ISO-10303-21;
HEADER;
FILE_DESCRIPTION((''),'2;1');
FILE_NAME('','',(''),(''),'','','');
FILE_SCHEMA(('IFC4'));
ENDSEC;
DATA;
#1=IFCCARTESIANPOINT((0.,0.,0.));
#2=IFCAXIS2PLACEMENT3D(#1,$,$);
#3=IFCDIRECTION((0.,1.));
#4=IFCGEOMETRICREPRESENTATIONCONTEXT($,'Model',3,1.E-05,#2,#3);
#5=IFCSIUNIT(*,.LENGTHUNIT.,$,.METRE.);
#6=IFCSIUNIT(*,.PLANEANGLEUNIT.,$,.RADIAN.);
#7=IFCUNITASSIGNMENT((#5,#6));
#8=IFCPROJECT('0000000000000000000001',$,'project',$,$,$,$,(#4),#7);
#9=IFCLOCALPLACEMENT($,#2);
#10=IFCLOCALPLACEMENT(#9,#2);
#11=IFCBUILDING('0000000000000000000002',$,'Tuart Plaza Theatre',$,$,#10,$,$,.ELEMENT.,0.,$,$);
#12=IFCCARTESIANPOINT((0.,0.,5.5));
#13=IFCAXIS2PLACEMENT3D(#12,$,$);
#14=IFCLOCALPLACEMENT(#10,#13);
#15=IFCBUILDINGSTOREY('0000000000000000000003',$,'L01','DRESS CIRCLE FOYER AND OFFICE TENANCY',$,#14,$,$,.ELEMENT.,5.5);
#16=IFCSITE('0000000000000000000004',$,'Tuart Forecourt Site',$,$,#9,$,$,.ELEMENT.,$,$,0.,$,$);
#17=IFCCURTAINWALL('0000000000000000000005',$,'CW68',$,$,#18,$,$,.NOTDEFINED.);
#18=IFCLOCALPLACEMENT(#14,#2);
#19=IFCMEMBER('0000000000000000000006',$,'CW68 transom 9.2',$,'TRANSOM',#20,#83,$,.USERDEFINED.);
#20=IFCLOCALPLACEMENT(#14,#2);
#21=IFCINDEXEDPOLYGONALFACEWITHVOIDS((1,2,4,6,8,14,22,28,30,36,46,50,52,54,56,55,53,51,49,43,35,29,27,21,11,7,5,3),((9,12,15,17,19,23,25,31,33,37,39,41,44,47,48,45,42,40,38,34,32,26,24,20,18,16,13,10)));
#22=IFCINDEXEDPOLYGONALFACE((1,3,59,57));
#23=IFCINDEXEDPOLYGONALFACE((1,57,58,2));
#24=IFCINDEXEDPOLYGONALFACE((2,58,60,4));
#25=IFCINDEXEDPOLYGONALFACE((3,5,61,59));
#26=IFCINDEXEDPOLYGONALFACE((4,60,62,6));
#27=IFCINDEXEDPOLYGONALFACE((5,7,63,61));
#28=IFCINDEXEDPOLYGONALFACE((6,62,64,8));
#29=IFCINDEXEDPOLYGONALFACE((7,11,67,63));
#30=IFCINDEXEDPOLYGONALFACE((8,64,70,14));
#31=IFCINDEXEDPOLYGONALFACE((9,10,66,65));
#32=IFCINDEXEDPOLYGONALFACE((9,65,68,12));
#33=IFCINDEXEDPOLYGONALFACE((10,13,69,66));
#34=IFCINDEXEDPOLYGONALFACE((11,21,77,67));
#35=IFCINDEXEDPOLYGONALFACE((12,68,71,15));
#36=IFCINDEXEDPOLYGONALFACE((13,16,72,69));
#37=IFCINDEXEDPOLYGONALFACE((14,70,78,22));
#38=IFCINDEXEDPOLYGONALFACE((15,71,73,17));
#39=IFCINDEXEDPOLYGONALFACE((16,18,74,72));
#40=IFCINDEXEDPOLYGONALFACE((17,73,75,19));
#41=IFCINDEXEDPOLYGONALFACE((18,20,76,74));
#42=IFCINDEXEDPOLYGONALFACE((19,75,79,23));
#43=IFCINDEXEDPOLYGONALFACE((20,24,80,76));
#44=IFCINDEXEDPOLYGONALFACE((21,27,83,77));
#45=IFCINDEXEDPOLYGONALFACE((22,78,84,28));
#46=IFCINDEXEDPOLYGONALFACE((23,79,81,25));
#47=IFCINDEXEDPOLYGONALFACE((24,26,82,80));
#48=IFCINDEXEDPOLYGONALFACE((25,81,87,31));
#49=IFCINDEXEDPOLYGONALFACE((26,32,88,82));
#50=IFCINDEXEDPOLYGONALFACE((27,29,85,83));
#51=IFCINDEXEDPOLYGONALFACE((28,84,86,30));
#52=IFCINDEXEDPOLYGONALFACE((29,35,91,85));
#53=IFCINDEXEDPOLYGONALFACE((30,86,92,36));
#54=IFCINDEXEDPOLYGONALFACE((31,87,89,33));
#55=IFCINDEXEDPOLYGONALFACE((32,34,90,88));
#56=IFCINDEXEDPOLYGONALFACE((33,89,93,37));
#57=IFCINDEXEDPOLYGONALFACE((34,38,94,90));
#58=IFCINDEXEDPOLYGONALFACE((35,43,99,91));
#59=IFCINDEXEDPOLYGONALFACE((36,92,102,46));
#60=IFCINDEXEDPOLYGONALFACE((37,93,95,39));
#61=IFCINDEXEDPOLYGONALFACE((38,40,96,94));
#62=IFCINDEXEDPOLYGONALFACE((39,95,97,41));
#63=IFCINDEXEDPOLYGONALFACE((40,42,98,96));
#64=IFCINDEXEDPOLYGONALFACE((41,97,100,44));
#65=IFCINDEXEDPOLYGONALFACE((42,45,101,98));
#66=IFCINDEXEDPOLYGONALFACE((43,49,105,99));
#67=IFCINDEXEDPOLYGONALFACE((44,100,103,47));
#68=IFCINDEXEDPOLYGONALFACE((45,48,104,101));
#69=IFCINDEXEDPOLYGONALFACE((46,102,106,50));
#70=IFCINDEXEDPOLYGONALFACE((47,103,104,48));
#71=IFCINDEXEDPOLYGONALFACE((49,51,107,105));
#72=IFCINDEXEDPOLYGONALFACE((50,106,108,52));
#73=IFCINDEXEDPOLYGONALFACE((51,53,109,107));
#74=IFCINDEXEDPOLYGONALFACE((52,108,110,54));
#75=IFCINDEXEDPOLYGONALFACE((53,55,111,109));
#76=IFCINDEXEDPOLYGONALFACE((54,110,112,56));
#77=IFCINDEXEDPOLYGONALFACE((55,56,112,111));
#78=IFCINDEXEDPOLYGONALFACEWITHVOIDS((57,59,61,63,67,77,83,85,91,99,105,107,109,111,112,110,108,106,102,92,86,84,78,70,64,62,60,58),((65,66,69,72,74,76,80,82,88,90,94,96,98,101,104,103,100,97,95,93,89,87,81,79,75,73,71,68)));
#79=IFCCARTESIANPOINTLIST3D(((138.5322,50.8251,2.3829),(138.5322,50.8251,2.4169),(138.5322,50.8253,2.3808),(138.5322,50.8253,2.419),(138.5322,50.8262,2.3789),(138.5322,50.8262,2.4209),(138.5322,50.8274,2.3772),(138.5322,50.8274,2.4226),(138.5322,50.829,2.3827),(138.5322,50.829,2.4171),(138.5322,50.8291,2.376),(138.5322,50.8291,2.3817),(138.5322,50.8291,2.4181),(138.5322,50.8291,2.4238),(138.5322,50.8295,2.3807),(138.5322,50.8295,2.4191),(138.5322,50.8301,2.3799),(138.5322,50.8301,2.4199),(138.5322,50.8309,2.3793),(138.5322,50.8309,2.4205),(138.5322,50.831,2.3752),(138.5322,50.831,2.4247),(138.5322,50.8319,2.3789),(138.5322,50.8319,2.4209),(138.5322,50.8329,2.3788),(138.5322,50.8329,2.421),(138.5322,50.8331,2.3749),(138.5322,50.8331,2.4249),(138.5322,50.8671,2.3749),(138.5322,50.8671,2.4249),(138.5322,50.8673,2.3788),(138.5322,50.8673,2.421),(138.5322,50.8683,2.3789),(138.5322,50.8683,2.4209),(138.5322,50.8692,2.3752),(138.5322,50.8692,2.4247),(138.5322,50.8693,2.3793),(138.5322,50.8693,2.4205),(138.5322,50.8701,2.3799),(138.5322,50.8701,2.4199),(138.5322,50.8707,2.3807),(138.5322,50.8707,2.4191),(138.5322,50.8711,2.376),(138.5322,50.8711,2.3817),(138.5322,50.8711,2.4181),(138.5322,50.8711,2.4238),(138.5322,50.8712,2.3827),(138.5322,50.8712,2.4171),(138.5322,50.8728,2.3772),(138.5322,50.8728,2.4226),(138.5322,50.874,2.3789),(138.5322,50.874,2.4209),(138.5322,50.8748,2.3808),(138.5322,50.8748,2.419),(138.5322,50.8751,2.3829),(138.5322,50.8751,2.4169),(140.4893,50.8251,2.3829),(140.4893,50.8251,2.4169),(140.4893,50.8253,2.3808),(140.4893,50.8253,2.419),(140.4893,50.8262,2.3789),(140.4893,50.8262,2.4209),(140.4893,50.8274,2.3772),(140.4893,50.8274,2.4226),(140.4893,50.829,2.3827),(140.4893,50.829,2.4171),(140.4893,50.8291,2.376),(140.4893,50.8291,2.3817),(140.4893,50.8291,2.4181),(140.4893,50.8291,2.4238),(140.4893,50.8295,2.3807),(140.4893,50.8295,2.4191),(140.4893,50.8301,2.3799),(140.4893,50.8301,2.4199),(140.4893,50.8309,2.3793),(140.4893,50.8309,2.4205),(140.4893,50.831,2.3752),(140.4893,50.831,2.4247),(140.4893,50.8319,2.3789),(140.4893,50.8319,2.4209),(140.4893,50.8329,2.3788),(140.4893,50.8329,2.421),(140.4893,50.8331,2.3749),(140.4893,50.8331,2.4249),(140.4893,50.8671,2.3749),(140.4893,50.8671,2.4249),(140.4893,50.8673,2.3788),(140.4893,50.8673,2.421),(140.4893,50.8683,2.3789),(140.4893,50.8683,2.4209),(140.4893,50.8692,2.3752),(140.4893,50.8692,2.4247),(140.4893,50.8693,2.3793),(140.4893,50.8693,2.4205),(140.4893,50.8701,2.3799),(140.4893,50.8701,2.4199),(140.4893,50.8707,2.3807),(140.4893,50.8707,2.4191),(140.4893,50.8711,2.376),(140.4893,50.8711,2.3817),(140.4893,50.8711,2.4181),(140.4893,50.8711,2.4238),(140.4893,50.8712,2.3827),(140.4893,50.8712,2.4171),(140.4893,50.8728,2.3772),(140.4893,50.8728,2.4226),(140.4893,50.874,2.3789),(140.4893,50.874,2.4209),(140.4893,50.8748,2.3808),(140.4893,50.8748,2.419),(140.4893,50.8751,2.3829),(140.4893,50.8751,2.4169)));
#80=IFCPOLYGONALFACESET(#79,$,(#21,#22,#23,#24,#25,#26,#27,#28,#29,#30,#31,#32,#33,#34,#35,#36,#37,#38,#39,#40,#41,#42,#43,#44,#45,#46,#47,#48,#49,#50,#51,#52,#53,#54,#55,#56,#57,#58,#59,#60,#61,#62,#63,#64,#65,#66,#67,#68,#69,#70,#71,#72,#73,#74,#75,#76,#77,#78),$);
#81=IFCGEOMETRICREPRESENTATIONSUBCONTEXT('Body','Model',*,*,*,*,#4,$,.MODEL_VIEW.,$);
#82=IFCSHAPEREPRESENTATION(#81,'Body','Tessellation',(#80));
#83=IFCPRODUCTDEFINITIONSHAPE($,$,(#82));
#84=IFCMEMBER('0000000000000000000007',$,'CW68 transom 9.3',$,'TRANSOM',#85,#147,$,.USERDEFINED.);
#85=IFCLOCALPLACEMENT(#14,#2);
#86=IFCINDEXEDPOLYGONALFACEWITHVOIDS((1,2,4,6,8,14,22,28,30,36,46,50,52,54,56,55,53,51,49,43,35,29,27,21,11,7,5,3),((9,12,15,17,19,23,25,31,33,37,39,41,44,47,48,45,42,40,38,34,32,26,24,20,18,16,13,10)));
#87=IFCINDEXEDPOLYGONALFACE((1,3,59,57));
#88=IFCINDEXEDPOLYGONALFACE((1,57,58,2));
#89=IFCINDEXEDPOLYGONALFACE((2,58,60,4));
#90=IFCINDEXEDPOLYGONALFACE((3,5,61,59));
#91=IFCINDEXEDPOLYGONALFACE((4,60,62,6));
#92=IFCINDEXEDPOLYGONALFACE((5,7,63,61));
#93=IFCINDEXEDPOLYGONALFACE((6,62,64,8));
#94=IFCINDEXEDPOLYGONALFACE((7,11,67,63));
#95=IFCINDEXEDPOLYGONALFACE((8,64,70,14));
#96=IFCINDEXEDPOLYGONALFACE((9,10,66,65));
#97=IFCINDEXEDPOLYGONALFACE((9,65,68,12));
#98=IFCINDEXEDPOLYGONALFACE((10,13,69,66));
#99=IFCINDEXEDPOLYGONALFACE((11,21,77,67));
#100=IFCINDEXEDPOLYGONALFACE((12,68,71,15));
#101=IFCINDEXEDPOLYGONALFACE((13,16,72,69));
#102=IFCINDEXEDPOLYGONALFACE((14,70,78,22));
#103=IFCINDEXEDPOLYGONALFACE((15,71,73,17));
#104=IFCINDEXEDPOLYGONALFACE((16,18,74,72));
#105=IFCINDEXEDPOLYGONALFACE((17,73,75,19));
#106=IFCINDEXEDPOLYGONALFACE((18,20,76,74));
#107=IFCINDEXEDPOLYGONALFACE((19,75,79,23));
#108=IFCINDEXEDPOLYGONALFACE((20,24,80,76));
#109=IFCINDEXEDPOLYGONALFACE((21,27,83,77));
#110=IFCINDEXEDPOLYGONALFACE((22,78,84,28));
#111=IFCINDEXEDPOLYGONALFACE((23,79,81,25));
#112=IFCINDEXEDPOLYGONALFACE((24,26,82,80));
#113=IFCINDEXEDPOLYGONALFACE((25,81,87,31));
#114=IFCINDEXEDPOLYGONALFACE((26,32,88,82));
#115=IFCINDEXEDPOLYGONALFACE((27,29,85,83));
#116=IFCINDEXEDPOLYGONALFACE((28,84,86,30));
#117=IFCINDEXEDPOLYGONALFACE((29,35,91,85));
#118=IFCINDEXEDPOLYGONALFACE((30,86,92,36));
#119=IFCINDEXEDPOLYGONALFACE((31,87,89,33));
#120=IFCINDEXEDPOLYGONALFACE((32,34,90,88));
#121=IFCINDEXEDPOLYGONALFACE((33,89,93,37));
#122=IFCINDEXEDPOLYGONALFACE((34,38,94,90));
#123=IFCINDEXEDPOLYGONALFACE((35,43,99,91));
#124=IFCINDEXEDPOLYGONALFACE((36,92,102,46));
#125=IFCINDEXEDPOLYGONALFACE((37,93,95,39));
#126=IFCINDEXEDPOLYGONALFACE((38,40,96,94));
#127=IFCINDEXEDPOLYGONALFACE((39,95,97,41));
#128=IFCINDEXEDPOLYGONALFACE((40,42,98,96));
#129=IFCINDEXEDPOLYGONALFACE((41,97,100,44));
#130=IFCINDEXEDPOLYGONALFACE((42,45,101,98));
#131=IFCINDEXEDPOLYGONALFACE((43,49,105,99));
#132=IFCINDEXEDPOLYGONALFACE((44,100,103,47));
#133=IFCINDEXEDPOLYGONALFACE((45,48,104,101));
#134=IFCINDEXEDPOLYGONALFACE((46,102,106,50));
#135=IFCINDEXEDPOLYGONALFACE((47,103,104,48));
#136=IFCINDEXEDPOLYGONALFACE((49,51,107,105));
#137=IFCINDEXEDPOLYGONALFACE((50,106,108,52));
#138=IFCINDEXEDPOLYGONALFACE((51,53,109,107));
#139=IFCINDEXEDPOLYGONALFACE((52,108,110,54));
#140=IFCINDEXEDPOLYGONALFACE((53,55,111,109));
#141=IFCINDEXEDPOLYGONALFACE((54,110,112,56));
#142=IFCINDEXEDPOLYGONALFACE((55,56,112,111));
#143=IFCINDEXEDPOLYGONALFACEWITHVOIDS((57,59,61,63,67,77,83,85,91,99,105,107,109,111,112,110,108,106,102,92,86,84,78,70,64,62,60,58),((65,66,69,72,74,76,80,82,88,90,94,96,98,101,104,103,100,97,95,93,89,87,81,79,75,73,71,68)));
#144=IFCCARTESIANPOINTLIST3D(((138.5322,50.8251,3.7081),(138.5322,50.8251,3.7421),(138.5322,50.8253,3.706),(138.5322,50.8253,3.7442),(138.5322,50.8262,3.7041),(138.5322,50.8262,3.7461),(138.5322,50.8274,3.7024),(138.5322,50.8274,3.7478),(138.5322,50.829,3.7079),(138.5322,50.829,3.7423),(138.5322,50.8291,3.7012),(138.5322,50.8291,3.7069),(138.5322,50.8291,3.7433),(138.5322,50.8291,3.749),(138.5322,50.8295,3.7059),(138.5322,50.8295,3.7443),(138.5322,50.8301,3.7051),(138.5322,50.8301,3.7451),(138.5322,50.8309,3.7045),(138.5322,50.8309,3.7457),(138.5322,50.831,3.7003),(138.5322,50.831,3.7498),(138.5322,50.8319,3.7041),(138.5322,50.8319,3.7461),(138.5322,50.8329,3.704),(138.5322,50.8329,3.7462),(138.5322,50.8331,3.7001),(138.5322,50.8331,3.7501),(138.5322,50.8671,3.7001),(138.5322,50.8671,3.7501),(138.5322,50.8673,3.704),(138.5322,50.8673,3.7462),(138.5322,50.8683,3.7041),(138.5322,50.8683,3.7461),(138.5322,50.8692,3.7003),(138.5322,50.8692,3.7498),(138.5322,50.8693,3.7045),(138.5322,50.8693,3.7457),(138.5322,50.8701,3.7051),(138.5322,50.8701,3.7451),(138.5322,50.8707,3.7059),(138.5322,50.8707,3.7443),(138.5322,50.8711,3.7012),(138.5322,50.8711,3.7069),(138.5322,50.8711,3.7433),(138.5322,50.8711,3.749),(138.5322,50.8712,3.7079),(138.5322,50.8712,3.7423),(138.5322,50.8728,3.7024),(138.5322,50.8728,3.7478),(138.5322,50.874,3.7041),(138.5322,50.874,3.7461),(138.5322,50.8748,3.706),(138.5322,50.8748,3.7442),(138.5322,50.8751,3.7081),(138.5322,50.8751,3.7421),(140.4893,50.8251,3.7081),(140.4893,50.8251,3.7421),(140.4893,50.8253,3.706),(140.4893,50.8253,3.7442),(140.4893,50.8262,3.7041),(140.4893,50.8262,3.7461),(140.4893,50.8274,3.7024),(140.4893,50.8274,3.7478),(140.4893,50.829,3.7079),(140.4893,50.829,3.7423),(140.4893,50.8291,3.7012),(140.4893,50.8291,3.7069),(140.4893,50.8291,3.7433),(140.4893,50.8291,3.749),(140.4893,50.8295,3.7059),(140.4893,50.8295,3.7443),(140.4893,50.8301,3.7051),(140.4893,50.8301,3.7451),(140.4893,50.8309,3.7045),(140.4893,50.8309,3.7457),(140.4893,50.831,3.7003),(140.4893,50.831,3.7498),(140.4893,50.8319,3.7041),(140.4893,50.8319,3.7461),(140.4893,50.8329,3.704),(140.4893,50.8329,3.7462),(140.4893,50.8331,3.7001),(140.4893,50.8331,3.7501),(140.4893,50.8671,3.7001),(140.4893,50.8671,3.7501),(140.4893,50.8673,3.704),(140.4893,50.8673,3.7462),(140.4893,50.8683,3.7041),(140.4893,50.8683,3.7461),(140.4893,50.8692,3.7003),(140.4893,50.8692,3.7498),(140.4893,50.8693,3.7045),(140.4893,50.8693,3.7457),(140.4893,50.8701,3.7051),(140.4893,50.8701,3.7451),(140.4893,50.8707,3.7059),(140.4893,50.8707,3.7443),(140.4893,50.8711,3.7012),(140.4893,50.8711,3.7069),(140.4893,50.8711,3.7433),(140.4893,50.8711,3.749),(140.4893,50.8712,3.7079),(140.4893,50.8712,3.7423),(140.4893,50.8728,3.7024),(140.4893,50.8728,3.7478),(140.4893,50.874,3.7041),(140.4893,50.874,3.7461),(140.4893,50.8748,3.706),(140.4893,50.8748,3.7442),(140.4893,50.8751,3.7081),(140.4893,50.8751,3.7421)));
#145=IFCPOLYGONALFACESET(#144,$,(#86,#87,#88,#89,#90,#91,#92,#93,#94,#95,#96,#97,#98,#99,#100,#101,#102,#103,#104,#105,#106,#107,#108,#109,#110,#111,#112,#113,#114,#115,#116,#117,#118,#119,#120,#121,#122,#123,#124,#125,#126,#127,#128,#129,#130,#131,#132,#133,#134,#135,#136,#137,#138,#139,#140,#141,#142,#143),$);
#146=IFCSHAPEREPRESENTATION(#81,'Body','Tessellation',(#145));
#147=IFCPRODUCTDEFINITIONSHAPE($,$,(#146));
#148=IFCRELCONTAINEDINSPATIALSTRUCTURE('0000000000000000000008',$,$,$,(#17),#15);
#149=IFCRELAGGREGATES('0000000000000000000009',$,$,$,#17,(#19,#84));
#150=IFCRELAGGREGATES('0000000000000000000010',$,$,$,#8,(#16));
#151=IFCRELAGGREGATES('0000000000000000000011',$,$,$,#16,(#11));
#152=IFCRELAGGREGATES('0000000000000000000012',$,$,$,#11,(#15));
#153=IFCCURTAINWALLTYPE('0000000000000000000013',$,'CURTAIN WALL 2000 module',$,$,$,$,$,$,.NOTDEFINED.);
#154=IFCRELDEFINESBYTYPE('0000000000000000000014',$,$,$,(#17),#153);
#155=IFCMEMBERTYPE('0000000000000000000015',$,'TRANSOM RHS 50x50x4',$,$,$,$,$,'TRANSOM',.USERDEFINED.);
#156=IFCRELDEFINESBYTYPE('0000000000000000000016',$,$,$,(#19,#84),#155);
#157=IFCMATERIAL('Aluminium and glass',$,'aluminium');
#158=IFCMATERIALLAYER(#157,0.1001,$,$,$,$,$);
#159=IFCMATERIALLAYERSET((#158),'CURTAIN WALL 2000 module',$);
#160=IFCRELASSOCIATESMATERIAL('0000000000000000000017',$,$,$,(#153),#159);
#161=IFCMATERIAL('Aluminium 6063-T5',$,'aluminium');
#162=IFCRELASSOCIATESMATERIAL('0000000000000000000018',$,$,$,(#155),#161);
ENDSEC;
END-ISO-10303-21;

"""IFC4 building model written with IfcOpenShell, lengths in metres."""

from ifc_helpers import new_model, si_unit, direction, frame, origin, origin_2d, place, context, subcontext, project, spatial, hollow_rectangle, extrude, material, layer, layer_set, material_profile, profile_set, type_object, element, aggregate, save


model = new_model("IFC4")

# Units and contexts
model_context = context("Model", 3, precision=1e-05, world=origin(), true_north=direction((0.0, 1.0)))
body_context = subcontext(model_context, "Body", "Model", "MODEL_VIEW")
ifc_project = project(units=[si_unit("LENGTHUNIT", "METRE"), si_unit("PLANEANGLEUNIT", "RADIAN")], contexts=[model_context])

# Site, building, storey
site_placement = place(None, origin())
site = spatial("IfcSite", under=ifc_project, at=site_placement, Name="Tuart Forecourt Site", CompositionType="ELEMENT", RefElevation=0.0)
building_placement = place(site_placement, origin())
building = spatial("IfcBuilding", under=site, at=building_placement, Name="Tuart Plaza Theatre", CompositionType="ELEMENT", ElevationOfRefHeight=0.0)
storey_placement = place(building_placement, frame((0.0, 0.0, 5.5)))
storey = spatial("IfcBuildingStorey", under=building, at=storey_placement, Name="L01", Description="DRESS CIRCLE FOYER AND OFFICE TENANCY", CompositionType="ELEMENT", Elevation=5.5)

# Curtain wall, members
ifc_material_1 = material(Name="Aluminium and glass", Category="aluminium")
ifc_layer_1 = layer(ifc_material_1, 0.1001)
ifc_layer_set_1 = layer_set([ifc_layer_1], Name="CURTAIN WALL 2000 module")
curtain_wall_type = type_object("IfcCurtainWallType", Name="CURTAIN WALL 2000 module", PredefinedType="NOTDEFINED", material=ifc_layer_set_1)
curtain_wall_placement = place(storey_placement, origin())
curtain_wall = element("IfcCurtainWall", 1, at=curtain_wall_placement, inside=storey, type_object=curtain_wall_type, Name="CW68", PredefinedType="NOTDEFINED")
ifc_material_2 = material(Name="Aluminium 6063-T5", Category="aluminium")
ifc_material_profile_1 = material_profile(ifc_material_2, hollow_rectangle(XDim=0.05, YDim=0.05, WallThickness=0.0039, InnerFilletRadius=0.0039, OuterFilletRadius=0.0081, at=origin_2d()), Name="RHS 50x50x4")
ifc_profile_set_1 = profile_set([ifc_material_profile_1], Name="Aluminium 6063-T5")
member_type_1 = type_object("IfcMemberType", Name="TRANSOM RHS 50x50x4", ElementType="TRANSOM", PredefinedType="USERDEFINED", material=ifc_profile_set_1)
member_1_placement = place(storey_placement, frame((138.5322, 50.8501, 2.3999), z_axis=(1.0, 0.0, 0.0), x_axis=(0.0, 1.0, 0.0)))
member_1 = element("IfcMember", 2, at=member_1_placement, type_object=member_type_1, Name="CW68 transom 9.2", ObjectType="TRANSOM", PredefinedType="USERDEFINED", context=body_context, shape_type="SweptSolid", body=[
    extrude(hollow_rectangle(XDim=0.05, YDim=0.05, WallThickness=0.0039, InnerFilletRadius=0.0039, OuterFilletRadius=0.0081, at=origin_2d()), origin(), (0.0, 0.0, 1.0), 1.957),
])
member_2_placement = place(storey_placement, frame((138.5322, 50.8501, 3.7251), z_axis=(1.0, 0.0, 0.0), x_axis=(0.0, 1.0, 0.0)))
member_2 = element("IfcMember", 3, at=member_2_placement, type_object=member_type_1, Name="CW68 transom 9.3", ObjectType="TRANSOM", PredefinedType="USERDEFINED", context=body_context, shape_type="SweptSolid", body=[
    extrude(hollow_rectangle(XDim=0.05, YDim=0.05, WallThickness=0.0039, InnerFilletRadius=0.0039, OuterFilletRadius=0.0081, at=origin_2d()), origin(), (0.0, 0.0, 1.0), 1.957),
])
aggregate(curtain_wall, [member_1, member_2])

save(model, "model.ifc")
